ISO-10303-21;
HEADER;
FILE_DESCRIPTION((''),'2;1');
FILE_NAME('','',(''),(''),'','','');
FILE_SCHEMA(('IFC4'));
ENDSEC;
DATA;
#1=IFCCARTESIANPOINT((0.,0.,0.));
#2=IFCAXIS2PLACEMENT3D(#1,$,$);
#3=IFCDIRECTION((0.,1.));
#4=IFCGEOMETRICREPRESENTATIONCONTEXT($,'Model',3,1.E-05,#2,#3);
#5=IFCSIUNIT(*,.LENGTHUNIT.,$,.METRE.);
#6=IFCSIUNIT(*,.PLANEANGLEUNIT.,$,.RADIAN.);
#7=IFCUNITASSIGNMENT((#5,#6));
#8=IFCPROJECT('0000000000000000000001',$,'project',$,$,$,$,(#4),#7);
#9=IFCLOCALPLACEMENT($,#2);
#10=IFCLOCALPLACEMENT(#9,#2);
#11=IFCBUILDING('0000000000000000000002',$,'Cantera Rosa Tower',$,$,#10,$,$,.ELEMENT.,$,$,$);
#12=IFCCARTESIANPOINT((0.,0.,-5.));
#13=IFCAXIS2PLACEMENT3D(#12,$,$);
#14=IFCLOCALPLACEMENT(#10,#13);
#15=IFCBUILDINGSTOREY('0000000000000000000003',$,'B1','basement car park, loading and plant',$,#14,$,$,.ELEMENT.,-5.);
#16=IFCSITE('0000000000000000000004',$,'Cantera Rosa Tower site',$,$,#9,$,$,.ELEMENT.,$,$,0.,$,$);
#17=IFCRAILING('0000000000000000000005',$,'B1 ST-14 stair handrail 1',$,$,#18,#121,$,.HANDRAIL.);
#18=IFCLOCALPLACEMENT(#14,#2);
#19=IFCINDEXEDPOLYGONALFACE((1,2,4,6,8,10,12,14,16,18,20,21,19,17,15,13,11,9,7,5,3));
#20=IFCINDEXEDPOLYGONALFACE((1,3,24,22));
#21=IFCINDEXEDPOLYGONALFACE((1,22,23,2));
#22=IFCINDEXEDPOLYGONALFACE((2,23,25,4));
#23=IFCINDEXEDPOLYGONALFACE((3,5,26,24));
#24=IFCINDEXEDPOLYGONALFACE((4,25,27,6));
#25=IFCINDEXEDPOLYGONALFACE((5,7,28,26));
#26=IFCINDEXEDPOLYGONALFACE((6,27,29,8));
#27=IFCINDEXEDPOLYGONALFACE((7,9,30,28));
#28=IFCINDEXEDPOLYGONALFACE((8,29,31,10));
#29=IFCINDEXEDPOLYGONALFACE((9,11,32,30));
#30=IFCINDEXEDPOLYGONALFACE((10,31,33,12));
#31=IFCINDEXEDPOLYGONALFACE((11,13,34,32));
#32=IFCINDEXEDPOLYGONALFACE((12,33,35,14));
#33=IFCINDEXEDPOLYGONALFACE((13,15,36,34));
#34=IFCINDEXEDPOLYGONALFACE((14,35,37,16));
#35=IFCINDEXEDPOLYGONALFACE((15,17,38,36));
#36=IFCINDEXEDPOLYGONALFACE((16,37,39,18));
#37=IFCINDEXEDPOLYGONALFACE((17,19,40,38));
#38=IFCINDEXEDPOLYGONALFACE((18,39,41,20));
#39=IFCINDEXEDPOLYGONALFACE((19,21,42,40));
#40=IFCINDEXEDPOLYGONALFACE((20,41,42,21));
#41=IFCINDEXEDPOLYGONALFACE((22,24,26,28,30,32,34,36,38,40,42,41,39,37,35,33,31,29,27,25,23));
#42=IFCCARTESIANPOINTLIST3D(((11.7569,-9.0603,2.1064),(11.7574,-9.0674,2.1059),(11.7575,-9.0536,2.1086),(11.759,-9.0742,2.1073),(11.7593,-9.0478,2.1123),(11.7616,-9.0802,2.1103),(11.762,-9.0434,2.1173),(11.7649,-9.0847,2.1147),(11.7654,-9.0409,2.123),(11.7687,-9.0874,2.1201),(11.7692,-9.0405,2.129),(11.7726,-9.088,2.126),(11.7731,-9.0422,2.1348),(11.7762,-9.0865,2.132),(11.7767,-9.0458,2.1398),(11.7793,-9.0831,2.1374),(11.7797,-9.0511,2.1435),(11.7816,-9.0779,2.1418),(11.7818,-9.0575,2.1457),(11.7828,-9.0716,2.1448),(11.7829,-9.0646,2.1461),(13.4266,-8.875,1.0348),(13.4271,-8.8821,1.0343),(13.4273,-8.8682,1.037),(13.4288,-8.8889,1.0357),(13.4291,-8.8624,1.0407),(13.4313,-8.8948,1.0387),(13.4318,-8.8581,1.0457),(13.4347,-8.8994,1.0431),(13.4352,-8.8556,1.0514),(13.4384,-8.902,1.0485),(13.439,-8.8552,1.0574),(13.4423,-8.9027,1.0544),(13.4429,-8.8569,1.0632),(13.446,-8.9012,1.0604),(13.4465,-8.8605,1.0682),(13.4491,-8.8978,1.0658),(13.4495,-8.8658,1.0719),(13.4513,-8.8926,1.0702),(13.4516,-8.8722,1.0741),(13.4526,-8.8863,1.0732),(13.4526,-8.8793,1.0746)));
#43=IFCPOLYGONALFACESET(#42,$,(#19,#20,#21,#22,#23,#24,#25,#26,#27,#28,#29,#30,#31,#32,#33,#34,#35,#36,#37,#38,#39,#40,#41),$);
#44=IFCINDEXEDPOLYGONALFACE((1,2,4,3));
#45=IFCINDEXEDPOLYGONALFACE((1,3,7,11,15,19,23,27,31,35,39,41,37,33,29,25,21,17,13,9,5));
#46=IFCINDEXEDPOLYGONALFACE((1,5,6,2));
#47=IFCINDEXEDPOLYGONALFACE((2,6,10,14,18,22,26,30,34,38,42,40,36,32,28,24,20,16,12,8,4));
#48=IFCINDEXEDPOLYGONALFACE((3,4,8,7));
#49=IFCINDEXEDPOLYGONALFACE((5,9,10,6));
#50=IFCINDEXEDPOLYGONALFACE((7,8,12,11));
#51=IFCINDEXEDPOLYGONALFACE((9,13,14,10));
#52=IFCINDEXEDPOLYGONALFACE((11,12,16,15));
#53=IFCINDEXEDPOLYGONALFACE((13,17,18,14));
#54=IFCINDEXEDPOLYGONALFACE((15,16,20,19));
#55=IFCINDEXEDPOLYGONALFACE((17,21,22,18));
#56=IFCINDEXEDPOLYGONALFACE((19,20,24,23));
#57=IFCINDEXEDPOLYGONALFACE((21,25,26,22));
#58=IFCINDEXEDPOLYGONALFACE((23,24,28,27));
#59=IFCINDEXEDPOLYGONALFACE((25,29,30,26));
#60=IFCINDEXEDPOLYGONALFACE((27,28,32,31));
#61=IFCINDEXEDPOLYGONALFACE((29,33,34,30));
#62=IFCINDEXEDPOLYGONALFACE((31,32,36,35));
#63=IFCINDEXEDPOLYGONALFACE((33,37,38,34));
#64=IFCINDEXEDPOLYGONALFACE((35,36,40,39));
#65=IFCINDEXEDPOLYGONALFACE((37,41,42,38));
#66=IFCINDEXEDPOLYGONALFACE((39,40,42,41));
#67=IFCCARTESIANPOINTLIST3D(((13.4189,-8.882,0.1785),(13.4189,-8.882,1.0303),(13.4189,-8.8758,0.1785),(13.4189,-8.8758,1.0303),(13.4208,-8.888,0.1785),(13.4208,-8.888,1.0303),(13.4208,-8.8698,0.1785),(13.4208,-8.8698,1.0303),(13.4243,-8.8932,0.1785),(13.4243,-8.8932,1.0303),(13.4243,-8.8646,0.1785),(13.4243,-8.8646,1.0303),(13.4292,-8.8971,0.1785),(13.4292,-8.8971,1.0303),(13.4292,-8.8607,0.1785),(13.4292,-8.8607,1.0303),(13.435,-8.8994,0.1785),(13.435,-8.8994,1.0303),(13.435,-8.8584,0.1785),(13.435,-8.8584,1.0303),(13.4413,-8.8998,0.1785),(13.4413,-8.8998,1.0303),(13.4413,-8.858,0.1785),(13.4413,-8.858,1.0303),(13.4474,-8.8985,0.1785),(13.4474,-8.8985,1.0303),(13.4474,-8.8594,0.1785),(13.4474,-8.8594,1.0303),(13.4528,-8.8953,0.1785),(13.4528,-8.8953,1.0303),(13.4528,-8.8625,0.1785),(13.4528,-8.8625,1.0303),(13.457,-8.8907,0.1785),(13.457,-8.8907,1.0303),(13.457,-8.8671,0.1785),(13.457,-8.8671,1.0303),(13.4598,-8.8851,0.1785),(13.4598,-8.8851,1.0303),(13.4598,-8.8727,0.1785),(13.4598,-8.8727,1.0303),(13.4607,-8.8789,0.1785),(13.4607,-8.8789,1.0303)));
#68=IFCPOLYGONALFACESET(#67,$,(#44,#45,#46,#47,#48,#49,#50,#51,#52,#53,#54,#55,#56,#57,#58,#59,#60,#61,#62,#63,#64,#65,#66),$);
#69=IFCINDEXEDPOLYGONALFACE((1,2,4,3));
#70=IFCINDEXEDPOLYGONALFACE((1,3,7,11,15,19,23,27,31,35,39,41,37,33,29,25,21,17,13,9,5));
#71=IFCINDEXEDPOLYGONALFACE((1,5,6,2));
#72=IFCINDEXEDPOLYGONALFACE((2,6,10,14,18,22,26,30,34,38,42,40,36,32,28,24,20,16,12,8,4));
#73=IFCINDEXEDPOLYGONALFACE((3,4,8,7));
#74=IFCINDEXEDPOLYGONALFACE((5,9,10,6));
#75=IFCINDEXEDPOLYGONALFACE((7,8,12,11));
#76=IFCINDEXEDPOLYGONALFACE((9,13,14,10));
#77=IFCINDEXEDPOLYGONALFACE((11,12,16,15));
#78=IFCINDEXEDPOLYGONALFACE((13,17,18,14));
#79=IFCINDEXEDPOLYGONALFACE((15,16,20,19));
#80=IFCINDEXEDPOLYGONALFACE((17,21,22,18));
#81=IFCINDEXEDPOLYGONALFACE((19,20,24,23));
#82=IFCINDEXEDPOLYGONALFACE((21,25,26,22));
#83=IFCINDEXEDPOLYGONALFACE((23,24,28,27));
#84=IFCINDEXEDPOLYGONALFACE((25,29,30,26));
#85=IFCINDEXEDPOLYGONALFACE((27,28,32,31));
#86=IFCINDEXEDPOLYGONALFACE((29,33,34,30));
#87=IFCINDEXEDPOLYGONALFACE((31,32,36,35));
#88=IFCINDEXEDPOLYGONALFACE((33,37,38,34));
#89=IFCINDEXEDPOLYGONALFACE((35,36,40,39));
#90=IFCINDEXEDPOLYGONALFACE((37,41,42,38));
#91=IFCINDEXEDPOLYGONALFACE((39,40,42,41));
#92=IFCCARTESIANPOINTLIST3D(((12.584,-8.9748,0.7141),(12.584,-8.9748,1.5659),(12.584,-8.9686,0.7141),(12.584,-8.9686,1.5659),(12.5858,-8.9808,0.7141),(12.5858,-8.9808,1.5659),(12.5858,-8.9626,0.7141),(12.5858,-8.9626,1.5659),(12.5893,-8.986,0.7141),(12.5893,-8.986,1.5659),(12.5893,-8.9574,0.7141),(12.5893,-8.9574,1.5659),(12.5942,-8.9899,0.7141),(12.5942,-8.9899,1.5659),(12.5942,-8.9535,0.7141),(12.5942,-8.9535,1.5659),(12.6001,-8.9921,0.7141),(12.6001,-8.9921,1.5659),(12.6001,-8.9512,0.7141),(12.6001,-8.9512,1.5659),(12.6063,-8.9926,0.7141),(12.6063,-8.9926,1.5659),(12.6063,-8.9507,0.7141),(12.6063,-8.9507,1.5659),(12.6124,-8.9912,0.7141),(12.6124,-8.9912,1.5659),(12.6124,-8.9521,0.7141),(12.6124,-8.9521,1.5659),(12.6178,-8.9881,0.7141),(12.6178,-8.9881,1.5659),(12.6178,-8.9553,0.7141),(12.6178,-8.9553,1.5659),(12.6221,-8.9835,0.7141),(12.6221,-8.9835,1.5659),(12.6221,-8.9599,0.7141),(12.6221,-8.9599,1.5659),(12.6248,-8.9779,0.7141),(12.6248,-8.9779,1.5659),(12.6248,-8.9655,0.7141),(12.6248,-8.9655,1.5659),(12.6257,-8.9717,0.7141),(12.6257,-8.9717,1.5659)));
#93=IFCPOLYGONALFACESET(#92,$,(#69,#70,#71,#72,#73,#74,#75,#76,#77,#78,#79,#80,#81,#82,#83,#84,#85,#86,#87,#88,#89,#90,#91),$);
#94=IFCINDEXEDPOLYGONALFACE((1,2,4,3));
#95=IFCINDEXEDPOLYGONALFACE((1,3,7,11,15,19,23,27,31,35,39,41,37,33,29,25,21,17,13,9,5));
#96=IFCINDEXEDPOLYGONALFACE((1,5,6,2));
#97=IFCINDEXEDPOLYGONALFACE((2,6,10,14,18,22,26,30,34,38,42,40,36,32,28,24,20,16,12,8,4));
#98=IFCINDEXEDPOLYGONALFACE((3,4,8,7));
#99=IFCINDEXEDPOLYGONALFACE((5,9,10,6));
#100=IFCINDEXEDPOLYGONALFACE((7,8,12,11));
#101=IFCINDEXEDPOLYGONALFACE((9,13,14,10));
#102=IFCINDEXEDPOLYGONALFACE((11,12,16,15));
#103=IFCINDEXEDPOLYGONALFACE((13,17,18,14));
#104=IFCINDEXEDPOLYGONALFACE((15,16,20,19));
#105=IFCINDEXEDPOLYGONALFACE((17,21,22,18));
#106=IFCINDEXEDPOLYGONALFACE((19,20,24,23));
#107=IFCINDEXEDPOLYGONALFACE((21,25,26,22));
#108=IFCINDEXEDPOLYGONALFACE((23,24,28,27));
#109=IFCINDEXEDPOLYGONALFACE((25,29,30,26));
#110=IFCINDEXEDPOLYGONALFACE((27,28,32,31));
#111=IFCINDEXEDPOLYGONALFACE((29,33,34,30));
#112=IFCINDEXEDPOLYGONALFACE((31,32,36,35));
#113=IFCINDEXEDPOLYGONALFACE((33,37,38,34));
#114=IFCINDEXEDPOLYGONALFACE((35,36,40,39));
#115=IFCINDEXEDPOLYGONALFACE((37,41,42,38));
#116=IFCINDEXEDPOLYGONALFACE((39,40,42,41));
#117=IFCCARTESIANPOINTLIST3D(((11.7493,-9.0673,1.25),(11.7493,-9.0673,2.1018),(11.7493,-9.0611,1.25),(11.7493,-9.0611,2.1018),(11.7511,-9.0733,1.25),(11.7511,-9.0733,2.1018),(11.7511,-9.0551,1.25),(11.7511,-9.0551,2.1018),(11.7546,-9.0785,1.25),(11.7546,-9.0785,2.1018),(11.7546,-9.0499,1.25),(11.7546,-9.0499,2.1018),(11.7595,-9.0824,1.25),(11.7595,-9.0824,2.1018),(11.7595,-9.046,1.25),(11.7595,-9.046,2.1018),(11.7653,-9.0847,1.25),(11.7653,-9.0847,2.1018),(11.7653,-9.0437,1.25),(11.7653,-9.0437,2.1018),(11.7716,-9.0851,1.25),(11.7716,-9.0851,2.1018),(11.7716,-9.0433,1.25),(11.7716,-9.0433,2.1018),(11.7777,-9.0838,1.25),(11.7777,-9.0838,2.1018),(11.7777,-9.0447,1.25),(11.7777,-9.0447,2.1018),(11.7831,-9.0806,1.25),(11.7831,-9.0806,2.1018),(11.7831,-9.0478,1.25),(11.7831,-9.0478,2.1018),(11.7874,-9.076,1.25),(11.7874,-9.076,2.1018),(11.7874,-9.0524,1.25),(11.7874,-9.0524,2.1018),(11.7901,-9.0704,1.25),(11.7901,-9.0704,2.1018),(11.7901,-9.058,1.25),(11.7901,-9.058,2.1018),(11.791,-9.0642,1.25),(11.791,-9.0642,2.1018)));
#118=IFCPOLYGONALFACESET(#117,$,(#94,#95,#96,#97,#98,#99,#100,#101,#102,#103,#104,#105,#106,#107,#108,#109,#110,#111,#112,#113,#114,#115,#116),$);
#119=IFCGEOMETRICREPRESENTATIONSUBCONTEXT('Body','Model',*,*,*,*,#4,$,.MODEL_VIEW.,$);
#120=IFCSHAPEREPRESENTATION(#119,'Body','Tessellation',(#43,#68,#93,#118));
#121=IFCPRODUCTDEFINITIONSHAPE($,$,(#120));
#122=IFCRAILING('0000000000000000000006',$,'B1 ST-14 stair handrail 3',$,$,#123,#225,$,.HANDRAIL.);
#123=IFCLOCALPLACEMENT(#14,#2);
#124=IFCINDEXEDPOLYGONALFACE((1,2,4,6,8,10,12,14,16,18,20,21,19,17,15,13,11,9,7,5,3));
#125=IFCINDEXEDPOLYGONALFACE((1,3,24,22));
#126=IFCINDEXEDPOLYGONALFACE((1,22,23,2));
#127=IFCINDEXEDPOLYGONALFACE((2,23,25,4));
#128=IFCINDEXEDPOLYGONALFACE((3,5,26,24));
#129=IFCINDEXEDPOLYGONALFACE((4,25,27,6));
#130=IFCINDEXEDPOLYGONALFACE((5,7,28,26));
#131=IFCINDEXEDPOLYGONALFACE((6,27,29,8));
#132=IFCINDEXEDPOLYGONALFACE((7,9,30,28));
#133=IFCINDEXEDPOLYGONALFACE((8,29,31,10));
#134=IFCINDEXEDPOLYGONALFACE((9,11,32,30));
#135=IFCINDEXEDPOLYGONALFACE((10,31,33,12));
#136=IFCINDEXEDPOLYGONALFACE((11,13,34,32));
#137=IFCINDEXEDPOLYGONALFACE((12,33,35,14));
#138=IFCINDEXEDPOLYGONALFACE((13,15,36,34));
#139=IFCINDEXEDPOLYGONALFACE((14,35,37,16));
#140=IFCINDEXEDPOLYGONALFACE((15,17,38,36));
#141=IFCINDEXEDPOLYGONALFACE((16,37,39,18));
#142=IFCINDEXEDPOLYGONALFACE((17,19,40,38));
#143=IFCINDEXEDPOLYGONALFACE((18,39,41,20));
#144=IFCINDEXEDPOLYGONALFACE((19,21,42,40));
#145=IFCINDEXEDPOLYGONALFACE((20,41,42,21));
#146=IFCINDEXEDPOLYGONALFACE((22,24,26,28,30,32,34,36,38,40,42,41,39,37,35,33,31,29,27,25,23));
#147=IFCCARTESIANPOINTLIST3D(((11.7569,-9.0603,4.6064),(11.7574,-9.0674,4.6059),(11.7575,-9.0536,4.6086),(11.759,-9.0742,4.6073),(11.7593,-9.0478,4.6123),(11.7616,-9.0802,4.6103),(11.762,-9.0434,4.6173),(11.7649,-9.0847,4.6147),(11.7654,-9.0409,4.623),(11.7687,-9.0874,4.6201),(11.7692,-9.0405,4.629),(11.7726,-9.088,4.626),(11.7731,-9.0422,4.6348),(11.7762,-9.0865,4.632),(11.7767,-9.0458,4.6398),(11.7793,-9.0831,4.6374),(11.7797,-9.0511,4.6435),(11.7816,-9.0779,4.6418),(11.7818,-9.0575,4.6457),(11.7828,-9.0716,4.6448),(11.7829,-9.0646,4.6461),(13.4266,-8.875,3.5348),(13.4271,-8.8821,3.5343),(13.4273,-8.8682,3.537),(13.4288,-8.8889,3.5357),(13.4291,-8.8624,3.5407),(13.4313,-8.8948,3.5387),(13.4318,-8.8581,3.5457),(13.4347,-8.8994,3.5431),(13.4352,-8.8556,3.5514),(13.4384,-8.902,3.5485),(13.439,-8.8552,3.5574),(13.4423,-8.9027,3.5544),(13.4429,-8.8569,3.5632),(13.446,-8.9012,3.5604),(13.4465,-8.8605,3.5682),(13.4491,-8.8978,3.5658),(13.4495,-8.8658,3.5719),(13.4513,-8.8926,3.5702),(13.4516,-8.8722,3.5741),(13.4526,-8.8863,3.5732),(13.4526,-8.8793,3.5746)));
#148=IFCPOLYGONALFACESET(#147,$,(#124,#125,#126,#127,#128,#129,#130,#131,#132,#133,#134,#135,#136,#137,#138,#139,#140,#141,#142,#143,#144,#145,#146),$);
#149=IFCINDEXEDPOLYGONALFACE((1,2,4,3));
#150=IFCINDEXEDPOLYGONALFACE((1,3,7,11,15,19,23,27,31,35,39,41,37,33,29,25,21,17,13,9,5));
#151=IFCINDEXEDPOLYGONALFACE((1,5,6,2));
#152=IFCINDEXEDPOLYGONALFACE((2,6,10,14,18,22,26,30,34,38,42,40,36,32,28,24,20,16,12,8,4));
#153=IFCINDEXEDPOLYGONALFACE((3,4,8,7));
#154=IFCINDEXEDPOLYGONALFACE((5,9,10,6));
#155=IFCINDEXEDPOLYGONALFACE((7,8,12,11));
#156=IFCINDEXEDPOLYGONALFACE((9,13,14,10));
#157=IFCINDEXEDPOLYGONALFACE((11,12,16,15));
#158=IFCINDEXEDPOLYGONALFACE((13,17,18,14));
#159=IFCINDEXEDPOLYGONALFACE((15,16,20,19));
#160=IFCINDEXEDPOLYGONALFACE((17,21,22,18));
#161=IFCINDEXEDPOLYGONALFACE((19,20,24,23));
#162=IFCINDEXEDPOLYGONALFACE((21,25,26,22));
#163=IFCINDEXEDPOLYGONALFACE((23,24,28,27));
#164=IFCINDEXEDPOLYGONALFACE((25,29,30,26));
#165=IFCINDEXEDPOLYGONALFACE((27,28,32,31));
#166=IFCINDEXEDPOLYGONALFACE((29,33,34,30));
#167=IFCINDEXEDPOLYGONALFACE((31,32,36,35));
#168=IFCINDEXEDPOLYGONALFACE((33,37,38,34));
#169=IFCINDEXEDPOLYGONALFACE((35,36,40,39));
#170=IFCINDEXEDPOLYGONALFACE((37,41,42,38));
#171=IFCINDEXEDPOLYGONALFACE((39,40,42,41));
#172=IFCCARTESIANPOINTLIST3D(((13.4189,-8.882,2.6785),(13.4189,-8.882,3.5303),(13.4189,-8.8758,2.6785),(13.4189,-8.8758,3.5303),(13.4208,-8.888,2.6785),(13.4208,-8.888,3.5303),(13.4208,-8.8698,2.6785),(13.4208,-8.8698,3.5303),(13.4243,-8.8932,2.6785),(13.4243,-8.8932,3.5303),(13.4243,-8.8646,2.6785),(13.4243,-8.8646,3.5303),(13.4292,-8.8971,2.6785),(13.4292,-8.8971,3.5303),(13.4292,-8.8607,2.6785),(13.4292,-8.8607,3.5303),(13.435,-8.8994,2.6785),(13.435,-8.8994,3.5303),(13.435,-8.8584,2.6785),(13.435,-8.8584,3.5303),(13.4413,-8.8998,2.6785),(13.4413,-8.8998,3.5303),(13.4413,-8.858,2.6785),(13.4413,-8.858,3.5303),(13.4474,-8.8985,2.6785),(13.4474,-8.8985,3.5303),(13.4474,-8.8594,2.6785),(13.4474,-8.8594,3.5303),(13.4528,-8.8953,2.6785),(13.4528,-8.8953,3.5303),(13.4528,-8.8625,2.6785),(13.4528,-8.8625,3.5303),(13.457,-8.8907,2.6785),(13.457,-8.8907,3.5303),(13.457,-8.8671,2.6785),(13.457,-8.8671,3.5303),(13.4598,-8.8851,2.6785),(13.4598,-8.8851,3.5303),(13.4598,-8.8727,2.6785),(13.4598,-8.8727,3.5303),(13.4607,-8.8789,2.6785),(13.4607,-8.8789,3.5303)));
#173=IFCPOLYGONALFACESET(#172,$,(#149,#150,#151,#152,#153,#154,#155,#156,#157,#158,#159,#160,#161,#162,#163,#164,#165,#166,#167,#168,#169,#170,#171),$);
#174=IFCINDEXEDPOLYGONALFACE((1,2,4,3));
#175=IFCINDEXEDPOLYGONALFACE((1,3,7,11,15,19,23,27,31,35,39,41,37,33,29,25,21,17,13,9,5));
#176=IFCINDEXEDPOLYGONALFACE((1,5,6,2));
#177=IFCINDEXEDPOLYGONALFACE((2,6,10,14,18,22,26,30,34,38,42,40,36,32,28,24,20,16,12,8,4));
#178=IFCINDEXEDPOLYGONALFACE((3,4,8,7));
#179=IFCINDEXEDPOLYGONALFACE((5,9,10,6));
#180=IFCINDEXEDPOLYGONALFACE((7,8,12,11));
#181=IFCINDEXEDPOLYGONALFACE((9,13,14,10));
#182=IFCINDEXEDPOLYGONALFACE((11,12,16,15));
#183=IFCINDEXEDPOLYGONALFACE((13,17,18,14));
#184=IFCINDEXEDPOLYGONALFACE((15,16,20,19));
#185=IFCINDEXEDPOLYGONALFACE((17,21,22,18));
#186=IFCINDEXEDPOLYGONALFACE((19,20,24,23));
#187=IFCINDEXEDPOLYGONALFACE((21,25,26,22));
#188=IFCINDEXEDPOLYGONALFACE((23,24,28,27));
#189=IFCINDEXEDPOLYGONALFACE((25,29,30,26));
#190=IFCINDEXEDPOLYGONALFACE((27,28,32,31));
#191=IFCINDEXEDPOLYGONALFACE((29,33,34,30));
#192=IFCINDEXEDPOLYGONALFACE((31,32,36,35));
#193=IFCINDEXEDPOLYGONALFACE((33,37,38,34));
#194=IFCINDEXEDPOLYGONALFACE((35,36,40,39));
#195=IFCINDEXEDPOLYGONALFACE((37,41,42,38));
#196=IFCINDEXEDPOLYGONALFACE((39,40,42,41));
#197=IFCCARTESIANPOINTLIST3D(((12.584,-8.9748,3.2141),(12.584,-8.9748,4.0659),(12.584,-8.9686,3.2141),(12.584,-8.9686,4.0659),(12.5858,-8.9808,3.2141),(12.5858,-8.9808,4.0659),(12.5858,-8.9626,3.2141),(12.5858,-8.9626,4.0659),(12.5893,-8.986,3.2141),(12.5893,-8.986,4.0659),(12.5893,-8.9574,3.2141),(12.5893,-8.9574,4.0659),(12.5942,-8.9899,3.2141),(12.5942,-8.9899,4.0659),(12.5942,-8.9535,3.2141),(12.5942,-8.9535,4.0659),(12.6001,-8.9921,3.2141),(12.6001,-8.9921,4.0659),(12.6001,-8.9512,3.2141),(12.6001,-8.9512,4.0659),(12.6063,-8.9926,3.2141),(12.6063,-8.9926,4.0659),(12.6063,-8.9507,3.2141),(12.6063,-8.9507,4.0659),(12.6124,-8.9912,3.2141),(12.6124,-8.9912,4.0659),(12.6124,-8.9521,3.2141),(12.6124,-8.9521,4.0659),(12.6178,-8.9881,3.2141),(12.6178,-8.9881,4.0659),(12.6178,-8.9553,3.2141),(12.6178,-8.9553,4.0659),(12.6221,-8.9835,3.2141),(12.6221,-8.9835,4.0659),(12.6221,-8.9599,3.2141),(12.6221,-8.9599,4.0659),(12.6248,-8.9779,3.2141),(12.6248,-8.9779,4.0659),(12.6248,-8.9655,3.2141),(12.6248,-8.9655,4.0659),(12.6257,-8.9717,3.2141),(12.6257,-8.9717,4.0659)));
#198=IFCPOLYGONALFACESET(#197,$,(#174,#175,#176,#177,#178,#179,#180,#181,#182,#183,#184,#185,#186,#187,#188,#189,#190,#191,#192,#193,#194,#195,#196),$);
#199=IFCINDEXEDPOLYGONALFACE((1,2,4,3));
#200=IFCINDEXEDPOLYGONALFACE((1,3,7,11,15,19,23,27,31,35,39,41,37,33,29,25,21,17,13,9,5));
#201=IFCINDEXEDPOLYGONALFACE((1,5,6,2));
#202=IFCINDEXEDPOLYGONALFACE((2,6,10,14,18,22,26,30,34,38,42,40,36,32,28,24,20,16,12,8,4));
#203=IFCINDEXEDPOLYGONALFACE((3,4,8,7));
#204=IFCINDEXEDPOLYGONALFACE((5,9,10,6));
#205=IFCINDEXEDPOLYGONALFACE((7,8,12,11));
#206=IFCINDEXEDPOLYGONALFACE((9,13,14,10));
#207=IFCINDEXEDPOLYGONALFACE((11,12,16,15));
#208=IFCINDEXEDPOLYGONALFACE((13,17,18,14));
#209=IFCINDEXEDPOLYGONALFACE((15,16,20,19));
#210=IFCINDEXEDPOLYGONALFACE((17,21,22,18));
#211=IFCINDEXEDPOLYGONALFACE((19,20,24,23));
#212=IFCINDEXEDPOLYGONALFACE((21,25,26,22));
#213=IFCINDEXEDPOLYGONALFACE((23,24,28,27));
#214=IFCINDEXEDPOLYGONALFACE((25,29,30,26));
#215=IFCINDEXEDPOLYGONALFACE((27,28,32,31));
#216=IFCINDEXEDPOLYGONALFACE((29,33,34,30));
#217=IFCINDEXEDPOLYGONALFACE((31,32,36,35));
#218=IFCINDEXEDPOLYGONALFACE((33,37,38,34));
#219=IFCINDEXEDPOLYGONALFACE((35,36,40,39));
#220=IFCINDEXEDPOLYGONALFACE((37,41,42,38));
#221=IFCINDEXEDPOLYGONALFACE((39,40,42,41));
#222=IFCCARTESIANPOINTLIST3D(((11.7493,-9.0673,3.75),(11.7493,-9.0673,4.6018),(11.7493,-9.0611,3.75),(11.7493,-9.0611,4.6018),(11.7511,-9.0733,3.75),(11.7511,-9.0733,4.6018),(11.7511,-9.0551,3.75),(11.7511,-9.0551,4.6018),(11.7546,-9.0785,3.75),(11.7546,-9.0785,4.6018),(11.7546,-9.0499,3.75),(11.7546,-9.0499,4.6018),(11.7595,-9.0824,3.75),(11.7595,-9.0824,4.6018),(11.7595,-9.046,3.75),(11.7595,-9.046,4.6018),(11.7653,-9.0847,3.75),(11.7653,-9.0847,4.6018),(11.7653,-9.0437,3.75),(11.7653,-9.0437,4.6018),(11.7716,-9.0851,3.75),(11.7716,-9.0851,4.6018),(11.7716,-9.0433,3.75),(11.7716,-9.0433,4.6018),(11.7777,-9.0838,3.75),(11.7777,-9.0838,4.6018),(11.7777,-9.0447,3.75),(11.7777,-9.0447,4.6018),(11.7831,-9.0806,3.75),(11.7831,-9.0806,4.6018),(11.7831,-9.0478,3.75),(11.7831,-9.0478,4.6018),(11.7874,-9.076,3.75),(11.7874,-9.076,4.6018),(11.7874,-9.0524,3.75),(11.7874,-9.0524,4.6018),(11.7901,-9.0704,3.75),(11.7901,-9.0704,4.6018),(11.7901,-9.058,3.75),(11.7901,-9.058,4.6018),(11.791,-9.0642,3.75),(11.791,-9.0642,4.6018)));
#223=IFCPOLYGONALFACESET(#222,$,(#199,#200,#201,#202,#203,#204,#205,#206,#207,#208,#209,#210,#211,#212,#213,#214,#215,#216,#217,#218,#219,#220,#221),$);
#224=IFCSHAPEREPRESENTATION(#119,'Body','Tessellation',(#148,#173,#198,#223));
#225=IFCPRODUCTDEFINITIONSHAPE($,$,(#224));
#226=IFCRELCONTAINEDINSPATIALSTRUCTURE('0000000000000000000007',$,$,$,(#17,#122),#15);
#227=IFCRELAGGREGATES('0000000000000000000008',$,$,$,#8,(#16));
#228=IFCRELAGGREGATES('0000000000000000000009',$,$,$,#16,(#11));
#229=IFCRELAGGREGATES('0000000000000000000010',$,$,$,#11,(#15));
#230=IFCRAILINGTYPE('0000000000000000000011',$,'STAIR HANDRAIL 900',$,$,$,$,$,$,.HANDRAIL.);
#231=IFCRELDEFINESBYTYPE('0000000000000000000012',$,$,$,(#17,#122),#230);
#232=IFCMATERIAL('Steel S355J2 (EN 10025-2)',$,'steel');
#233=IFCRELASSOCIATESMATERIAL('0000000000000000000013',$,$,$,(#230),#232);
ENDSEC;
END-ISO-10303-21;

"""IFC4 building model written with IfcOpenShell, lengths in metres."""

from ifc_helpers import new_model, si_unit, direction, frame, origin, origin_2d, place, context, subcontext, project, spatial, circle, extrude, material, type_object, element, save


model = new_model("IFC4")

# Units and contexts
model_context = context("Model", 3, precision=1e-05, world=origin(), true_north=direction((0.0, 1.0)))
body_context = subcontext(model_context, "Body", "Model", "MODEL_VIEW")
ifc_project = project(units=[si_unit("LENGTHUNIT", "METRE"), si_unit("PLANEANGLEUNIT", "RADIAN")], contexts=[model_context])

# Site, building, storey
site_placement = place(None, origin())
site = spatial("IfcSite", under=ifc_project, at=site_placement, Name="Cantera Rosa Tower site", CompositionType="ELEMENT", RefElevation=0.0)
building_placement = place(site_placement, origin())
building = spatial("IfcBuilding", under=site, at=building_placement, Name="Cantera Rosa Tower", CompositionType="ELEMENT")
storey_placement = place(building_placement, frame((0.0, 0.0, -5.0)))
storey = spatial("IfcBuildingStorey", under=building, at=storey_placement, Name="B1", Description="basement car park, loading and plant", CompositionType="ELEMENT", Elevation=-5.0)

# Railings
ifc_material_1 = material(Name="Steel S355J2 (EN 10025-2)", Category="steel")
railing_type_1 = type_object("IfcRailingType", Name="STAIR HANDRAIL 900", PredefinedType="HANDRAIL", material=ifc_material_1)
for number, where, name in (
    (1, (13.4397, -8.8789, 0.1785), "B1 ST-14 stair handrail 1"),
    (2, (13.4397, -8.8789, 2.6785), "B1 ST-14 stair handrail 3"),
):
    element("IfcRailing", number, at=place(storey_placement, frame(where)), inside=storey, type_object=railing_type_1, Name=name, PredefinedType="HANDRAIL", context=body_context, shape_type="SweptSolid", body=[
        extrude(circle(Radius=0.0239, at=origin_2d()), frame((0.0, 0.0, 0.876), z_axis=(-0.837951, -0.092997, 0.537764), x_axis=(0.110304, -0.993898, 0.0)), (0.0, 0.0, 1.0), 1.9927),
        extrude(circle(Radius=0.021, at=origin_2d()), origin(), (0.0, 0.0, 1.0), 0.8518),
        extrude(circle(Radius=0.021, at=origin_2d()), frame((-0.835, -0.0928, 0.5356)), (0.0, 0.0, 1.0), 0.8518),
        extrude(circle(Radius=0.021, at=origin_2d()), frame((-1.6697, -0.1853, 1.0715)), (0.0, 0.0, 1.0), 0.8518),
    ])

save(model, "model.ifc")
